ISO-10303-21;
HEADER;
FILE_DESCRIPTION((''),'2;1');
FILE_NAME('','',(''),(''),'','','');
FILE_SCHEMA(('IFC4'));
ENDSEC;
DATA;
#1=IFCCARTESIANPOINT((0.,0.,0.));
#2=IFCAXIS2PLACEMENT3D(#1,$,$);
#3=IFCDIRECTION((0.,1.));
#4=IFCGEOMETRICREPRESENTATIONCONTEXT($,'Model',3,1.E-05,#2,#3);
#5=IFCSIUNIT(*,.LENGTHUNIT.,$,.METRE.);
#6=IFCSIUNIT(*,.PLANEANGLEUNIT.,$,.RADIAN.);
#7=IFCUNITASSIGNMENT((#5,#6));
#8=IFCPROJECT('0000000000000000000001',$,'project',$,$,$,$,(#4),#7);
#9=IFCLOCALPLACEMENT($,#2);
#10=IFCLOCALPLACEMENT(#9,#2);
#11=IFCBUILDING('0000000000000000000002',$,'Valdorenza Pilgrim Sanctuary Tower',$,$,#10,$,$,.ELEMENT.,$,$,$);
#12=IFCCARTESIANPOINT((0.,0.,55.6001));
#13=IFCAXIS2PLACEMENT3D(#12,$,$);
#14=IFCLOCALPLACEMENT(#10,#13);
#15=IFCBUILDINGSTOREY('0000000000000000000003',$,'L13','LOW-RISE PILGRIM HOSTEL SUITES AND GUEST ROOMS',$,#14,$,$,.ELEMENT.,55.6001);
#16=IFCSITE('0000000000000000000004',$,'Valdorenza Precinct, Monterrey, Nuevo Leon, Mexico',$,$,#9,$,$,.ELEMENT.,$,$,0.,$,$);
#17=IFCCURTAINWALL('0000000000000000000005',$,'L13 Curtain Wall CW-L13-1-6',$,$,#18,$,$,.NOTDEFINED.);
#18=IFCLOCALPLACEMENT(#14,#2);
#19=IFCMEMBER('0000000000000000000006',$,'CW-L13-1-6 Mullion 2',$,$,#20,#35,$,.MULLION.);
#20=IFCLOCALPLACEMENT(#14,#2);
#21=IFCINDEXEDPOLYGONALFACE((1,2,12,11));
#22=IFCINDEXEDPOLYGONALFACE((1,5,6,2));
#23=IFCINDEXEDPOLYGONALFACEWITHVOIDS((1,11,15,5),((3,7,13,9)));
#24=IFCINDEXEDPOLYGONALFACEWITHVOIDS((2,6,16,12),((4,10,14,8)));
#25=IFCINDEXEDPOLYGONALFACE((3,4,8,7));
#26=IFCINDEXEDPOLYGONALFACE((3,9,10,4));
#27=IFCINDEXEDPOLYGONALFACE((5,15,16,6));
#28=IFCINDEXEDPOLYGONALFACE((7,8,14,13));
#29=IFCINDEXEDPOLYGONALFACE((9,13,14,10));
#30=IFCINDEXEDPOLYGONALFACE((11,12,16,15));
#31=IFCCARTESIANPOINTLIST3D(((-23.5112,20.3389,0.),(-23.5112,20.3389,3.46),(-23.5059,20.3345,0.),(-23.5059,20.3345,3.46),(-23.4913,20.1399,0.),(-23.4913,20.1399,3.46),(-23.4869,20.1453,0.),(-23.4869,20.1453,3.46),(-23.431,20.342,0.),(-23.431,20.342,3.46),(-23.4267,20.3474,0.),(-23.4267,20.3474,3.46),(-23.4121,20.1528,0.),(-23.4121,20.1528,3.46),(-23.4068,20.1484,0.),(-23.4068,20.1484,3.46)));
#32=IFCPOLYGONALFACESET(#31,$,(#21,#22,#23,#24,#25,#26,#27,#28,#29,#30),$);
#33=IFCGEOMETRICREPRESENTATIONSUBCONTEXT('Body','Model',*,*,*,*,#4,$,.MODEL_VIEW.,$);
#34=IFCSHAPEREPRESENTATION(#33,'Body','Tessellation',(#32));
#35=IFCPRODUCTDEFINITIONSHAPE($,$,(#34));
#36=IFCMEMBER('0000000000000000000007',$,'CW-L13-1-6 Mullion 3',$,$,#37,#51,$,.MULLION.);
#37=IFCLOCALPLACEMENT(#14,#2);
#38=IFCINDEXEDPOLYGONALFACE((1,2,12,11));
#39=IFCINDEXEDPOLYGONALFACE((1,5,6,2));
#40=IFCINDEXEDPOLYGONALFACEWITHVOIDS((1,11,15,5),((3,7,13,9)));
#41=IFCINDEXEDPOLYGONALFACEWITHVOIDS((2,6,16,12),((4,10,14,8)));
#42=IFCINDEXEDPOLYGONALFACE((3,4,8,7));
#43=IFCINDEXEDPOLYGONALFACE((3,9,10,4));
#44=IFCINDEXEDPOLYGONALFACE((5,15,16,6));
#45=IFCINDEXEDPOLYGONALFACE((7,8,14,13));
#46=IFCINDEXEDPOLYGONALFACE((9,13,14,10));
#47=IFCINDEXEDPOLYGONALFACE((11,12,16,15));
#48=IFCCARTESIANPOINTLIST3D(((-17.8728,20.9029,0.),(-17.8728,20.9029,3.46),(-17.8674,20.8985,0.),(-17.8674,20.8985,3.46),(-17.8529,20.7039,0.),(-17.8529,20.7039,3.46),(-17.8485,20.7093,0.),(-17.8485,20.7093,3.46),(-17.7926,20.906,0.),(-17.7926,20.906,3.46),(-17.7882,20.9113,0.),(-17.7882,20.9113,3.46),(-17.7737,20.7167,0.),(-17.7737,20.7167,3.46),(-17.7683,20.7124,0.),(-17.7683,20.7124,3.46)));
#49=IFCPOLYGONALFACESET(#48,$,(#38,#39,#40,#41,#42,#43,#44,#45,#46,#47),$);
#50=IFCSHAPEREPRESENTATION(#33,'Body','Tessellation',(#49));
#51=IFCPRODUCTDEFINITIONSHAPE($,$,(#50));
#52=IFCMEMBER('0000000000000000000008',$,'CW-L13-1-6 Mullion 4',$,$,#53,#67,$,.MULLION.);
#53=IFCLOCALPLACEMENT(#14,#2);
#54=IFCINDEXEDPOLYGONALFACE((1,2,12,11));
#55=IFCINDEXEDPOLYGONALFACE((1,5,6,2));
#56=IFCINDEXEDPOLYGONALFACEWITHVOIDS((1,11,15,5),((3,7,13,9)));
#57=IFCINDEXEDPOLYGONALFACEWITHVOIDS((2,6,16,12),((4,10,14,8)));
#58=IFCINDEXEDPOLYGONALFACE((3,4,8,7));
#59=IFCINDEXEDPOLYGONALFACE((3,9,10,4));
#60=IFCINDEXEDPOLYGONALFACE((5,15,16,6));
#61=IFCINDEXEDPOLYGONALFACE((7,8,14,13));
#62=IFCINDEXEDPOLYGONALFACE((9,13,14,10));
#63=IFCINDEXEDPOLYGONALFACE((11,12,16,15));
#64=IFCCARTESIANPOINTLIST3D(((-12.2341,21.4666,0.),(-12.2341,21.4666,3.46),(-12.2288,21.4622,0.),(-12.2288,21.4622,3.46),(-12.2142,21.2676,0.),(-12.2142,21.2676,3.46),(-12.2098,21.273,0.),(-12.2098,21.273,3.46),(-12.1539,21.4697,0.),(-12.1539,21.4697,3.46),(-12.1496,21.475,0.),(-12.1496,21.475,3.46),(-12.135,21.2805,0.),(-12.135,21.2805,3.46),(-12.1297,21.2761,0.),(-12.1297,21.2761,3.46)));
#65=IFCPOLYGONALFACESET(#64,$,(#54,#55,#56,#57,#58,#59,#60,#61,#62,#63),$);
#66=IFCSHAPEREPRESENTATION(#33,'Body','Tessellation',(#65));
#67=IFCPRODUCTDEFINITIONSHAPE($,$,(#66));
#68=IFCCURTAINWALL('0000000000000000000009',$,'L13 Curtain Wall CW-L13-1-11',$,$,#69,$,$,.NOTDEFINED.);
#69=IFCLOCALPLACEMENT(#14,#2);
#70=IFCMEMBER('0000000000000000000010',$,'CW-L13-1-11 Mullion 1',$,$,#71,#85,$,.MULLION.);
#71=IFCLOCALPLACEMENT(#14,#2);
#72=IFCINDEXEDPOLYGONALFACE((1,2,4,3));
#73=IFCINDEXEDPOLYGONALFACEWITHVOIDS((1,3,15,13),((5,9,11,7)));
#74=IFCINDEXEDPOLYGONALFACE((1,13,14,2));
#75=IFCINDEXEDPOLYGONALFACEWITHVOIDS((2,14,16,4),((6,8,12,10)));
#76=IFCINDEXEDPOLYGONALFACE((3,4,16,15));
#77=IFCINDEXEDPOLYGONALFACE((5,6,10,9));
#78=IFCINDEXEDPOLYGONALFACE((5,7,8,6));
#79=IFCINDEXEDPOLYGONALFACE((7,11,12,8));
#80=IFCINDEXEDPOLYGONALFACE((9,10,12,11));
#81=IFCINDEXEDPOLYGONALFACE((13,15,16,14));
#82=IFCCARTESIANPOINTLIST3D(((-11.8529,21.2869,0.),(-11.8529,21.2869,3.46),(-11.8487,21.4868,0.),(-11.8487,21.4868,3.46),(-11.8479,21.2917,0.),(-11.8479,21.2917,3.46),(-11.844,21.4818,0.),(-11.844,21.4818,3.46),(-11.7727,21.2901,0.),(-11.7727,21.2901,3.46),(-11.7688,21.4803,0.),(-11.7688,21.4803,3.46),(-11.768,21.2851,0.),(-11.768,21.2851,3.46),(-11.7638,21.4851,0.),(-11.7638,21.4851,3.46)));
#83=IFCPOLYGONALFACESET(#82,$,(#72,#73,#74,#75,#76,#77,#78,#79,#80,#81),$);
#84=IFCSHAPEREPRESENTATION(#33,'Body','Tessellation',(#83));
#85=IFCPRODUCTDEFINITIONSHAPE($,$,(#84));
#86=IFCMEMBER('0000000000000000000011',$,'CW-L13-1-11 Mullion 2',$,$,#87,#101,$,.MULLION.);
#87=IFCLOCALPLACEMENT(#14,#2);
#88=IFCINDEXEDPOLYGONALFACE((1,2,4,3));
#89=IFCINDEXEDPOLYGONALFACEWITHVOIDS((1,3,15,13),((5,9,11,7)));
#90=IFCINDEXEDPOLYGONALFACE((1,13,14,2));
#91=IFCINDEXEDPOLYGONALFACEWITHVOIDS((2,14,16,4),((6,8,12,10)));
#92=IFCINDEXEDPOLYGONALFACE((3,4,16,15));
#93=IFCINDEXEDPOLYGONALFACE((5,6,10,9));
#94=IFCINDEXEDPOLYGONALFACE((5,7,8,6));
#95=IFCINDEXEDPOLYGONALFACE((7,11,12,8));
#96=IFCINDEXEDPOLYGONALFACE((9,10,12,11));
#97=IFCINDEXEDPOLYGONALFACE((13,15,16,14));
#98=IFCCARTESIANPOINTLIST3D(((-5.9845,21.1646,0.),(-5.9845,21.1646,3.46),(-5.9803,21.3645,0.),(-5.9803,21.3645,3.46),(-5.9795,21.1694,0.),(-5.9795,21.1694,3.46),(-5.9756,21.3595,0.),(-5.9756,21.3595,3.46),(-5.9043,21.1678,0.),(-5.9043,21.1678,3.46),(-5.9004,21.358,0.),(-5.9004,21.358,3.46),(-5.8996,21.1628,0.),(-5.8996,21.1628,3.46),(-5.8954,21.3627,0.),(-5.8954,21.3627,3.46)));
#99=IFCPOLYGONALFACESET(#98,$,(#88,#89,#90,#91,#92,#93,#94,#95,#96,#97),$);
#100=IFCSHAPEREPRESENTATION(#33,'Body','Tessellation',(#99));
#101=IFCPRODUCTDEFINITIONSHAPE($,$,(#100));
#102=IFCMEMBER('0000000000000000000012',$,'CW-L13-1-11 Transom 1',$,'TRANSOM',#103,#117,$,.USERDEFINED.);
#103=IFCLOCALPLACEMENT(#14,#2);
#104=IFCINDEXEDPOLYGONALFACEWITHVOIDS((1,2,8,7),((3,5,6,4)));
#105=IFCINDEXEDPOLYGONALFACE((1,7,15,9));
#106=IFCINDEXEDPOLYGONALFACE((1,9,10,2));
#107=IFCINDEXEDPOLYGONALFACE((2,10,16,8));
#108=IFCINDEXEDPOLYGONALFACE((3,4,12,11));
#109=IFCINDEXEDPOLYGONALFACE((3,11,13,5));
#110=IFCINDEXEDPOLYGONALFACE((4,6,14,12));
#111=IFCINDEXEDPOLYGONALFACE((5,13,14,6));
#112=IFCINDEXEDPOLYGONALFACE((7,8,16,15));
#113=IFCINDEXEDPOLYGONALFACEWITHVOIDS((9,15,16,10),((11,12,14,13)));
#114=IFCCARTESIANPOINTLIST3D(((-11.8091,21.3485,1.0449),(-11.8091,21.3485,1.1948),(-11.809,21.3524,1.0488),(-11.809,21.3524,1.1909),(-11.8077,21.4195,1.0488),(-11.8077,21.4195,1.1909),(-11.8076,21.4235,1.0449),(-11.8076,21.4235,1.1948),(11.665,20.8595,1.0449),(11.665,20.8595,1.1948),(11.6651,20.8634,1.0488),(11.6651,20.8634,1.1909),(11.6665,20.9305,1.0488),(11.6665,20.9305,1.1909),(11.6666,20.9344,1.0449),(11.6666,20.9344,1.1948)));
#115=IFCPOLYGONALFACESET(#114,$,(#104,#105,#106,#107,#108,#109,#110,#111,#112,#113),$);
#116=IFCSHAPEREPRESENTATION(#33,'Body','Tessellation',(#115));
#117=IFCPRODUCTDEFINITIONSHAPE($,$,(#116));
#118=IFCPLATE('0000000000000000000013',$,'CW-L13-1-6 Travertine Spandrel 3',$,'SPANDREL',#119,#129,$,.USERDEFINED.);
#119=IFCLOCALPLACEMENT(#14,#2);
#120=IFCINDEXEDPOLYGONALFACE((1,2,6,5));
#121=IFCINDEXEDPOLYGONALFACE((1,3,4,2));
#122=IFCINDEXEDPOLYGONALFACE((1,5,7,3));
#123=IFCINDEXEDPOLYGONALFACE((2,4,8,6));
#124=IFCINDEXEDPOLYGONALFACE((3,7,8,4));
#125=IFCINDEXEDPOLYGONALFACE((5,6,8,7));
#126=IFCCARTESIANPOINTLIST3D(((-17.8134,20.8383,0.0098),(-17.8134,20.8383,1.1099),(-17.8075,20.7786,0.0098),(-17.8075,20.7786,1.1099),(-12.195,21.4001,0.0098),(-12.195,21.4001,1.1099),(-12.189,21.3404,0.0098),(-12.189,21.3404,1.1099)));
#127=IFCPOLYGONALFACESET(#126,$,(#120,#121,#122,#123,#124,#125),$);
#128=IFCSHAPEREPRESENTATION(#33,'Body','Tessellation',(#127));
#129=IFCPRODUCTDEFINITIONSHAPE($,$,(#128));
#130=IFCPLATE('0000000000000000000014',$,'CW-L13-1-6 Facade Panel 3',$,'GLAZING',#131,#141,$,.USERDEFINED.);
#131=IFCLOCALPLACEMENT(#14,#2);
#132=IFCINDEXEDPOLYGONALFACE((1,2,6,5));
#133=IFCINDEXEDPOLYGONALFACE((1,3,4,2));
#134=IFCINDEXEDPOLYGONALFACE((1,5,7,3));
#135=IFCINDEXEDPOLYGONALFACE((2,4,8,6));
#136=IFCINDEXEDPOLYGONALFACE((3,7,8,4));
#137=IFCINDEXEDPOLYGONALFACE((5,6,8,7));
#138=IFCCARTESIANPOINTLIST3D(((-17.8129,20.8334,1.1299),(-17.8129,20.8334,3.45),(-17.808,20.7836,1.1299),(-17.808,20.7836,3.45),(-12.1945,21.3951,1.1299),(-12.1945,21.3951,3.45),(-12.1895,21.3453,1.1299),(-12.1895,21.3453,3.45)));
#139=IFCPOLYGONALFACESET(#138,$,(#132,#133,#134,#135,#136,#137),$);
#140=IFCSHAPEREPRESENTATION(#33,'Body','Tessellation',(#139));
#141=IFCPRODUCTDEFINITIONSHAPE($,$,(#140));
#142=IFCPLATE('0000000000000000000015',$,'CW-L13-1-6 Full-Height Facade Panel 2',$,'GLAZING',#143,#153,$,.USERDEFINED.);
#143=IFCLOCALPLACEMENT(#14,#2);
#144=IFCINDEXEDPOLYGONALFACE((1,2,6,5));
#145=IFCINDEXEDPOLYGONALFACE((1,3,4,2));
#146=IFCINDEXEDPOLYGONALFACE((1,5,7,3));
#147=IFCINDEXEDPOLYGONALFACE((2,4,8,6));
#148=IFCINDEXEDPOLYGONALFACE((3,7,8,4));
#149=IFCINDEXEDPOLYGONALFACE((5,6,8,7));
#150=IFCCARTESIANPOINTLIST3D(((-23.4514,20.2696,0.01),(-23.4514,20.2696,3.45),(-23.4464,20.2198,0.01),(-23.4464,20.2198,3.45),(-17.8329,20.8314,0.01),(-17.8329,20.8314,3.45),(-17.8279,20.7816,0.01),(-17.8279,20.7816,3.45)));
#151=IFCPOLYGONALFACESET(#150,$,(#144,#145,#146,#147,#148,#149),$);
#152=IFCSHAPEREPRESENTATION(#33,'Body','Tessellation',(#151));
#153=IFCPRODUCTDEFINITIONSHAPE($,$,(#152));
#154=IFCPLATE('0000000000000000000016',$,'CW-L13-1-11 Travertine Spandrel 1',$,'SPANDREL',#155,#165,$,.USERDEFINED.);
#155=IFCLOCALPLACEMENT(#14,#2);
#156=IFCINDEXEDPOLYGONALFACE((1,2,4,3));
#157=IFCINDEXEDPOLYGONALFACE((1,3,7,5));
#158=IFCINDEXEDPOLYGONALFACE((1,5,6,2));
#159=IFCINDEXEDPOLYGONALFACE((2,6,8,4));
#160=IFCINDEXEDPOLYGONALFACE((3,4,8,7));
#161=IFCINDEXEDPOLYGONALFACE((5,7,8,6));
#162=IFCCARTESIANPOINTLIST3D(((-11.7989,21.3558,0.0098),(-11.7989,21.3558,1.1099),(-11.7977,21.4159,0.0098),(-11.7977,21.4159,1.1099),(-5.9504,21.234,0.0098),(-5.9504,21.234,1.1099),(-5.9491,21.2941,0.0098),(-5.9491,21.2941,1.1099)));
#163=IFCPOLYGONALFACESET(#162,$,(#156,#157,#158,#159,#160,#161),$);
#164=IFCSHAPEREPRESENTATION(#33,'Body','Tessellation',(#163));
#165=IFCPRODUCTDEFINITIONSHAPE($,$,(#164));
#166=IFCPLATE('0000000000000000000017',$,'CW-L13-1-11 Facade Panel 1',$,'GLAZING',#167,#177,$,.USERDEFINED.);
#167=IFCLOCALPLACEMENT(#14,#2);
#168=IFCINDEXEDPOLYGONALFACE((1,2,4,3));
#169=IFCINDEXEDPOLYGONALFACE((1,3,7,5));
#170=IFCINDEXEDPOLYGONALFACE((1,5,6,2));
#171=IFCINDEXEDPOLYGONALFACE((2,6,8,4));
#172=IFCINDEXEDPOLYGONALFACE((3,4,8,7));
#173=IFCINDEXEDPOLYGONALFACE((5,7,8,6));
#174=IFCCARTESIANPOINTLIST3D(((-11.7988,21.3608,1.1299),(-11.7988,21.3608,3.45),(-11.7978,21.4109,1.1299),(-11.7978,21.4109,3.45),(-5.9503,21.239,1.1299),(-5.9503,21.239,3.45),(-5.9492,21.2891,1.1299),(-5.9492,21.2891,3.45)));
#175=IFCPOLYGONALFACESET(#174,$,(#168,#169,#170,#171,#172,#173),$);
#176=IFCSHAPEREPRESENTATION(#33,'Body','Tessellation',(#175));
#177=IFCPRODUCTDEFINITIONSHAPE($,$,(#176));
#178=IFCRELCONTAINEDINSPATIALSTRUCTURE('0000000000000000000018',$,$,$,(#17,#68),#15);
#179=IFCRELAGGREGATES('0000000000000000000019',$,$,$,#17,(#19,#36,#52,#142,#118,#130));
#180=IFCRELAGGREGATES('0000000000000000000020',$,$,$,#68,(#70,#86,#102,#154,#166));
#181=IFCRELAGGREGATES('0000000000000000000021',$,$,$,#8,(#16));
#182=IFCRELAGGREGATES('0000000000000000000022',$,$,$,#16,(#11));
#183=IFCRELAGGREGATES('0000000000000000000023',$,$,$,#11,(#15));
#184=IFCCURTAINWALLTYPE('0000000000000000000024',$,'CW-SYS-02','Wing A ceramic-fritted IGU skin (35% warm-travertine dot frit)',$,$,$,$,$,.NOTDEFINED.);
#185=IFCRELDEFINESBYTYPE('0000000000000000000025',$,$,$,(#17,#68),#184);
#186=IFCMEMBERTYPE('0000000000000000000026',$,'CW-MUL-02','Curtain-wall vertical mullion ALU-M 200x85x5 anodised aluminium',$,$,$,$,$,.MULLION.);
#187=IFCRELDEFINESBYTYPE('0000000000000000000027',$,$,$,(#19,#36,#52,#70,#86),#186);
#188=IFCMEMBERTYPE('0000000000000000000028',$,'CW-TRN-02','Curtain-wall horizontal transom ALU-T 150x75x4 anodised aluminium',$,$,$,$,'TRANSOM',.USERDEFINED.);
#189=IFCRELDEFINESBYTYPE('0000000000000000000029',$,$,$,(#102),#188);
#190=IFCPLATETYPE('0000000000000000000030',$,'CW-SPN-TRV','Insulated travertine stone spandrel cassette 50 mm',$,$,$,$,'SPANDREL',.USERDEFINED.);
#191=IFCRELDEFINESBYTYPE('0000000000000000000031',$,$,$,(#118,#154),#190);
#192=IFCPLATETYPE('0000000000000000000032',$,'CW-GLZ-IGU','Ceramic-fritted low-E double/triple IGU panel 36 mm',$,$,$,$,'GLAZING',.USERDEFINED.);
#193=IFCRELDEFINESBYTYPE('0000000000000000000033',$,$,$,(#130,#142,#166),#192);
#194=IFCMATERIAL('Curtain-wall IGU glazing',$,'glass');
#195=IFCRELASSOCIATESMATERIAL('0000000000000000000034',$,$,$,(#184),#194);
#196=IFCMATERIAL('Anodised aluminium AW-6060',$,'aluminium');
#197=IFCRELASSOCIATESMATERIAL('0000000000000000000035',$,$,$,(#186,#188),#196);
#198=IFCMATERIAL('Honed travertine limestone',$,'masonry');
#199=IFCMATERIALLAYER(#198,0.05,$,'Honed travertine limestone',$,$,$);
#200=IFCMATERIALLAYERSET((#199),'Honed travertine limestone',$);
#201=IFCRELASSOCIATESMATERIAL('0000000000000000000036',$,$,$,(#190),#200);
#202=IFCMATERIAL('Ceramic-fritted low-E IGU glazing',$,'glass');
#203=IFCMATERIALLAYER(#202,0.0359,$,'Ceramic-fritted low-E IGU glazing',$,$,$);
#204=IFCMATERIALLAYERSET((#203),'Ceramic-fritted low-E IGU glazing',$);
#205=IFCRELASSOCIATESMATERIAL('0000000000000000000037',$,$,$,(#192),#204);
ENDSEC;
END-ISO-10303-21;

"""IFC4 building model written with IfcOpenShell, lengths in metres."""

from ifc_helpers import new_model, si_unit, direction, frame, origin, origin_2d, place, context, subcontext, project, spatial, rectangle, hollow_rectangle, extrude, source, transform, mapped, material, layer, layer_set, material_profile, profile_set, type_object, element, aggregate, save


model = new_model("IFC4")

# Units and contexts
model_context = context("Model", 3, precision=1e-05, world=origin(), true_north=direction((0.0, 1.0)))
body_context = subcontext(model_context, "Body", "Model", "MODEL_VIEW")
ifc_project = project(units=[si_unit("LENGTHUNIT", "METRE"), si_unit("PLANEANGLEUNIT", "RADIAN")], contexts=[model_context])

# Site, building, storey
site_placement = place(None, origin())
site = spatial("IfcSite", under=ifc_project, at=site_placement, Name="Valdorenza Precinct, Monterrey, Nuevo Leon, Mexico", CompositionType="ELEMENT", RefElevation=0.0)
building_placement = place(site_placement, origin())
building = spatial("IfcBuilding", under=site, at=building_placement, Name="Valdorenza Pilgrim Sanctuary Tower", CompositionType="ELEMENT")
storey_placement = place(building_placement, frame((0.0, 0.0, 55.6001)))
storey = spatial("IfcBuildingStorey", under=building, at=storey_placement, Name="L13", Description="LOW-RISE PILGRIM HOSTEL SUITES AND GUEST ROOMS", CompositionType="ELEMENT", Elevation=55.6001)

# Curtain walls, members
ifc_material_1 = material(Name="Curtain-wall IGU glazing", Category="glass")
curtain_wall_type = type_object("IfcCurtainWallType", Name="CW-SYS-02", Description="Wing A ceramic-fritted IGU skin (35% warm-travertine dot frit)", PredefinedType="NOTDEFINED", material=ifc_material_1)
curtain_wall_1_placement = place(storey_placement, origin())
curtain_wall_1 = element("IfcCurtainWall", 1, at=curtain_wall_1_placement, inside=storey, type_object=curtain_wall_type, Name="L13 Curtain Wall CW-L13-1-6", PredefinedType="NOTDEFINED")
ifc_material_2 = material(Name="Anodised aluminium AW-6060", Category="aluminium")
ifc_material_profile_1 = material_profile(ifc_material_2, hollow_rectangle(XDim=0.085, YDim=0.2, WallThickness=0.0049, at=origin_2d()), Name="ALU-M 200x85x5")
ifc_profile_set_1 = profile_set([ifc_material_profile_1], Name="Anodised aluminium AW-6060")
member_type_1 = type_object("IfcMemberType", Name="CW-MUL-02", Description="Curtain-wall vertical mullion ALU-M 200x85x5 anodised aluminium", PredefinedType="MULLION", material=ifc_profile_set_1)
shared_shape_1 = source(origin(), body_context, "Body", "SweptSolid", [
    extrude(hollow_rectangle(XDim=0.085, YDim=0.2, WallThickness=0.0049, at=origin_2d()), origin(), (0.0, 0.0, 1.0), 3.46),
])
member_1_placement = place(storey_placement, frame((-23.459, 20.2437, 0.0), z_axis=(0.0, 0.0, 1.0), x_axis=(0.995038, 0.099493, 0.0)))
member_1 = element("IfcMember", 2, at=member_1_placement, type_object=member_type_1, Name="CW-L13-1-6 Mullion 2", PredefinedType="MULLION", context=body_context, shape_type="MappedRepresentation", body=[
    mapped(shared_shape_1, transform((0.0, 0.0, 0.0), x_axis=(1.0, 0.0, 0.0), y_axis=(0.0, 1.0, 0.0), z_axis=(0.0, 0.0, 1.0), scale=1.0)),
])
member_2_placement = place(storey_placement, frame((-17.8206, 20.8076, 0.0), z_axis=(0.0, 0.0, 1.0), x_axis=(0.995038, 0.099493, 0.0)))
member_2 = element("IfcMember", 3, at=member_2_placement, type_object=member_type_1, Name="CW-L13-1-6 Mullion 3", PredefinedType="MULLION", context=body_context, shape_type="MappedRepresentation", body=[
    mapped(shared_shape_1, transform((0.0, 0.0, 0.0), x_axis=(1.0, 0.0, 0.0), y_axis=(0.0, 1.0, 0.0), z_axis=(0.0, 0.0, 1.0), scale=1.0)),
])
member_3_placement = place(storey_placement, frame((-12.1819, 21.3713, 0.0), z_axis=(0.0, 0.0, 1.0), x_axis=(0.995038, 0.099493, 0.0)))
member_3 = element("IfcMember", 4, at=member_3_placement, type_object=member_type_1, Name="CW-L13-1-6 Mullion 4", PredefinedType="MULLION", context=body_context, shape_type="MappedRepresentation", body=[
    mapped(shared_shape_1, transform((0.0, 0.0, 0.0), x_axis=(1.0, 0.0, 0.0), y_axis=(0.0, 1.0, 0.0), z_axis=(0.0, 0.0, 1.0), scale=1.0)),
])
curtain_wall_2_placement = place(storey_placement, origin())
curtain_wall_2 = element("IfcCurtainWall", 5, at=curtain_wall_2_placement, inside=storey, type_object=curtain_wall_type, Name="L13 Curtain Wall CW-L13-1-11", PredefinedType="NOTDEFINED")
member_4_placement = place(storey_placement, frame((-11.8083, 21.386, 0.0), z_axis=(0.0, 0.0, 1.0), x_axis=(0.999783, -0.02082, 0.0)))
member_4 = element("IfcMember", 6, at=member_4_placement, type_object=member_type_1, Name="CW-L13-1-11 Mullion 1", PredefinedType="MULLION", context=body_context, shape_type="MappedRepresentation", body=[
    mapped(shared_shape_1, transform((0.0, 0.0, 0.0), x_axis=(1.0, 0.0, 0.0), y_axis=(0.0, 1.0, 0.0), z_axis=(0.0, 0.0, 1.0), scale=1.0)),
])
member_5_placement = place(storey_placement, frame((-5.9399, 21.2637, 0.0), z_axis=(0.0, 0.0, 1.0), x_axis=(0.999783, -0.02082, 0.0)))
member_5 = element("IfcMember", 7, at=member_5_placement, type_object=member_type_1, Name="CW-L13-1-11 Mullion 2", PredefinedType="MULLION", context=body_context, shape_type="MappedRepresentation", body=[
    mapped(shared_shape_1, transform((0.0, 0.0, 0.0), x_axis=(1.0, 0.0, 0.0), y_axis=(0.0, 1.0, 0.0), z_axis=(0.0, 0.0, 1.0), scale=1.0)),
])
ifc_material_profile_2 = material_profile(ifc_material_2, hollow_rectangle(XDim=0.075, YDim=0.1499, WallThickness=0.0039, at=origin_2d()), Name="ALU-T 150x75x4")
ifc_profile_set_2 = profile_set([ifc_material_profile_2], Name="Anodised aluminium AW-6060")
member_type_2 = type_object("IfcMemberType", Name="CW-TRN-02", Description="Curtain-wall horizontal transom ALU-T 150x75x4 anodised aluminium", ElementType="TRANSOM", PredefinedType="USERDEFINED", material=ifc_profile_set_2)
shared_shape_2 = source(origin(), body_context, "Body", "SweptSolid", [
    extrude(hollow_rectangle(XDim=0.075, YDim=0.1499, WallThickness=0.0039, at=origin_2d()), origin(), (0.0, 0.0, 1.0), 23.4792),
])
member_6_placement = place(storey_placement, frame((-11.8083, 21.386, 1.1199), z_axis=(0.999783, -0.020828, 0.0), x_axis=(0.020828, 0.999783, 0.0)))
member_6 = element("IfcMember", 8, at=member_6_placement, type_object=member_type_2, Name="CW-L13-1-11 Transom 1", ObjectType="TRANSOM", PredefinedType="USERDEFINED", context=body_context, shape_type="MappedRepresentation", body=[
    mapped(shared_shape_2, transform((0.0, 0.0, 0.0), x_axis=(1.0, 0.0, 0.0), y_axis=(0.0, 1.0, 0.0), z_axis=(0.0, 0.0, 1.0), scale=1.0)),
])

# Plates
ifc_material_3 = material(Name="Honed travertine limestone", Category="masonry")
ifc_layer_1 = layer(ifc_material_3, 0.05, Name="Honed travertine limestone")
ifc_layer_set_1 = layer_set([ifc_layer_1], Name="Honed travertine limestone")
plate_type_1 = type_object("IfcPlateType", Name="CW-SPN-TRV", Description="Insulated travertine stone spandrel cassette 50 mm", ElementType="SPANDREL", PredefinedType="USERDEFINED", material=ifc_layer_set_1)
shared_shape_3 = source(origin(), body_context, "Body", "SweptSolid", [
    extrude(rectangle(XDim=5.6465, YDim=0.0601, at=origin_2d()), origin(), (0.0, 0.0, 1.0), 1.1001),
])
plate_1_placement = place(storey_placement, frame((-15.0012, 21.0894, 0.0098), z_axis=(0.0, 0.0, 1.0), x_axis=(0.995038, 0.099493, 0.0)))
plate_1 = element("IfcPlate", 9, at=plate_1_placement, type_object=plate_type_1, Name="CW-L13-1-6 Travertine Spandrel 3", ObjectType="SPANDREL", PredefinedType="USERDEFINED", context=body_context, shape_type="MappedRepresentation", body=[
    mapped(shared_shape_3, transform((0.0, 0.0, 0.0), x_axis=(1.0, 0.0, 0.0), y_axis=(0.0, 1.0, 0.0), z_axis=(0.0, 0.0, 1.0), scale=1.0)),
])
ifc_material_4 = material(Name="Ceramic-fritted low-E IGU glazing", Category="glass")
ifc_layer_2 = layer(ifc_material_4, 0.0359, Name="Ceramic-fritted low-E IGU glazing")
ifc_layer_set_2 = layer_set([ifc_layer_2], Name="Ceramic-fritted low-E IGU glazing")
plate_type_2 = type_object("IfcPlateType", Name="CW-GLZ-IGU", Description="Ceramic-fritted low-E double/triple IGU panel 36 mm", ElementType="GLAZING", PredefinedType="USERDEFINED", material=ifc_layer_set_2)
shared_shape_4 = source(origin(), body_context, "Body", "SweptSolid", [
    extrude(rectangle(XDim=5.6465, YDim=0.05, at=origin_2d()), origin(), (0.0, 0.0, 1.0), 2.3201),
])
plate_2_placement = place(storey_placement, frame((-15.0012, 21.0894, 1.1299), z_axis=(0.0, 0.0, 1.0), x_axis=(0.995038, 0.099493, 0.0)))
plate_2 = element("IfcPlate", 10, at=plate_2_placement, type_object=plate_type_2, Name="CW-L13-1-6 Facade Panel 3", ObjectType="GLAZING", PredefinedType="USERDEFINED", context=body_context, shape_type="MappedRepresentation", body=[
    mapped(shared_shape_4, transform((0.0, 0.0, 0.0), x_axis=(1.0, 0.0, 0.0), y_axis=(0.0, 1.0, 0.0), z_axis=(0.0, 0.0, 1.0), scale=1.0)),
])
shared_shape_5 = source(origin(), body_context, "Body", "SweptSolid", [
    extrude(rectangle(XDim=5.6465, YDim=0.05, at=origin_2d()), origin(), (0.0, 0.0, 1.0), 3.4399),
])
plate_3_placement = place(storey_placement, frame((-20.6396, 20.5256, 0.01), z_axis=(0.0, 0.0, 1.0), x_axis=(0.995038, 0.099493, 0.0)))
plate_3 = element("IfcPlate", 11, at=plate_3_placement, type_object=plate_type_2, Name="CW-L13-1-6 Full-Height Facade Panel 2", ObjectType="GLAZING", PredefinedType="USERDEFINED", context=body_context, shape_type="MappedRepresentation", body=[
    mapped(shared_shape_5, transform((0.0, 0.0, 0.0), x_axis=(1.0, 0.0, 0.0), y_axis=(0.0, 1.0, 0.0), z_axis=(0.0, 0.0, 1.0), scale=1.0)),
])
aggregate(curtain_wall_1, [member_1, member_2, member_3, plate_3, plate_1, plate_2])
shared_shape_6 = source(origin(), body_context, "Body", "SweptSolid", [
    extrude(rectangle(XDim=5.8499, YDim=0.0601, at=origin_2d()), origin(), (0.0, 0.0, 1.0), 1.1001),
])
plate_4_placement = place(storey_placement, frame((-8.874, 21.325, 0.0098), z_axis=(0.0, 0.0, 1.0), x_axis=(0.999783, -0.02082, 0.0)))
plate_4 = element("IfcPlate", 12, at=plate_4_placement, type_object=plate_type_1, Name="CW-L13-1-11 Travertine Spandrel 1", ObjectType="SPANDREL", PredefinedType="USERDEFINED", context=body_context, shape_type="MappedRepresentation", body=[
    mapped(shared_shape_6, transform((0.0, 0.0, 0.0), x_axis=(1.0, 0.0, 0.0), y_axis=(0.0, 1.0, 0.0), z_axis=(0.0, 0.0, 1.0), scale=1.0)),
])
shared_shape_7 = source(origin(), body_context, "Body", "SweptSolid", [
    extrude(rectangle(XDim=5.8499, YDim=0.05, at=origin_2d()), origin(), (0.0, 0.0, 1.0), 2.3201),
])
plate_5_placement = place(storey_placement, frame((-8.874, 21.325, 1.1299), z_axis=(0.0, 0.0, 1.0), x_axis=(0.999783, -0.02082, 0.0)))
plate_5 = element("IfcPlate", 13, at=plate_5_placement, type_object=plate_type_2, Name="CW-L13-1-11 Facade Panel 1", ObjectType="GLAZING", PredefinedType="USERDEFINED", context=body_context, shape_type="MappedRepresentation", body=[
    mapped(shared_shape_7, transform((0.0, 0.0, 0.0), x_axis=(1.0, 0.0, 0.0), y_axis=(0.0, 1.0, 0.0), z_axis=(0.0, 0.0, 1.0), scale=1.0)),
])
aggregate(curtain_wall_2, [member_4, member_5, member_6, plate_4, plate_5])

save(model, "model.ifc")
